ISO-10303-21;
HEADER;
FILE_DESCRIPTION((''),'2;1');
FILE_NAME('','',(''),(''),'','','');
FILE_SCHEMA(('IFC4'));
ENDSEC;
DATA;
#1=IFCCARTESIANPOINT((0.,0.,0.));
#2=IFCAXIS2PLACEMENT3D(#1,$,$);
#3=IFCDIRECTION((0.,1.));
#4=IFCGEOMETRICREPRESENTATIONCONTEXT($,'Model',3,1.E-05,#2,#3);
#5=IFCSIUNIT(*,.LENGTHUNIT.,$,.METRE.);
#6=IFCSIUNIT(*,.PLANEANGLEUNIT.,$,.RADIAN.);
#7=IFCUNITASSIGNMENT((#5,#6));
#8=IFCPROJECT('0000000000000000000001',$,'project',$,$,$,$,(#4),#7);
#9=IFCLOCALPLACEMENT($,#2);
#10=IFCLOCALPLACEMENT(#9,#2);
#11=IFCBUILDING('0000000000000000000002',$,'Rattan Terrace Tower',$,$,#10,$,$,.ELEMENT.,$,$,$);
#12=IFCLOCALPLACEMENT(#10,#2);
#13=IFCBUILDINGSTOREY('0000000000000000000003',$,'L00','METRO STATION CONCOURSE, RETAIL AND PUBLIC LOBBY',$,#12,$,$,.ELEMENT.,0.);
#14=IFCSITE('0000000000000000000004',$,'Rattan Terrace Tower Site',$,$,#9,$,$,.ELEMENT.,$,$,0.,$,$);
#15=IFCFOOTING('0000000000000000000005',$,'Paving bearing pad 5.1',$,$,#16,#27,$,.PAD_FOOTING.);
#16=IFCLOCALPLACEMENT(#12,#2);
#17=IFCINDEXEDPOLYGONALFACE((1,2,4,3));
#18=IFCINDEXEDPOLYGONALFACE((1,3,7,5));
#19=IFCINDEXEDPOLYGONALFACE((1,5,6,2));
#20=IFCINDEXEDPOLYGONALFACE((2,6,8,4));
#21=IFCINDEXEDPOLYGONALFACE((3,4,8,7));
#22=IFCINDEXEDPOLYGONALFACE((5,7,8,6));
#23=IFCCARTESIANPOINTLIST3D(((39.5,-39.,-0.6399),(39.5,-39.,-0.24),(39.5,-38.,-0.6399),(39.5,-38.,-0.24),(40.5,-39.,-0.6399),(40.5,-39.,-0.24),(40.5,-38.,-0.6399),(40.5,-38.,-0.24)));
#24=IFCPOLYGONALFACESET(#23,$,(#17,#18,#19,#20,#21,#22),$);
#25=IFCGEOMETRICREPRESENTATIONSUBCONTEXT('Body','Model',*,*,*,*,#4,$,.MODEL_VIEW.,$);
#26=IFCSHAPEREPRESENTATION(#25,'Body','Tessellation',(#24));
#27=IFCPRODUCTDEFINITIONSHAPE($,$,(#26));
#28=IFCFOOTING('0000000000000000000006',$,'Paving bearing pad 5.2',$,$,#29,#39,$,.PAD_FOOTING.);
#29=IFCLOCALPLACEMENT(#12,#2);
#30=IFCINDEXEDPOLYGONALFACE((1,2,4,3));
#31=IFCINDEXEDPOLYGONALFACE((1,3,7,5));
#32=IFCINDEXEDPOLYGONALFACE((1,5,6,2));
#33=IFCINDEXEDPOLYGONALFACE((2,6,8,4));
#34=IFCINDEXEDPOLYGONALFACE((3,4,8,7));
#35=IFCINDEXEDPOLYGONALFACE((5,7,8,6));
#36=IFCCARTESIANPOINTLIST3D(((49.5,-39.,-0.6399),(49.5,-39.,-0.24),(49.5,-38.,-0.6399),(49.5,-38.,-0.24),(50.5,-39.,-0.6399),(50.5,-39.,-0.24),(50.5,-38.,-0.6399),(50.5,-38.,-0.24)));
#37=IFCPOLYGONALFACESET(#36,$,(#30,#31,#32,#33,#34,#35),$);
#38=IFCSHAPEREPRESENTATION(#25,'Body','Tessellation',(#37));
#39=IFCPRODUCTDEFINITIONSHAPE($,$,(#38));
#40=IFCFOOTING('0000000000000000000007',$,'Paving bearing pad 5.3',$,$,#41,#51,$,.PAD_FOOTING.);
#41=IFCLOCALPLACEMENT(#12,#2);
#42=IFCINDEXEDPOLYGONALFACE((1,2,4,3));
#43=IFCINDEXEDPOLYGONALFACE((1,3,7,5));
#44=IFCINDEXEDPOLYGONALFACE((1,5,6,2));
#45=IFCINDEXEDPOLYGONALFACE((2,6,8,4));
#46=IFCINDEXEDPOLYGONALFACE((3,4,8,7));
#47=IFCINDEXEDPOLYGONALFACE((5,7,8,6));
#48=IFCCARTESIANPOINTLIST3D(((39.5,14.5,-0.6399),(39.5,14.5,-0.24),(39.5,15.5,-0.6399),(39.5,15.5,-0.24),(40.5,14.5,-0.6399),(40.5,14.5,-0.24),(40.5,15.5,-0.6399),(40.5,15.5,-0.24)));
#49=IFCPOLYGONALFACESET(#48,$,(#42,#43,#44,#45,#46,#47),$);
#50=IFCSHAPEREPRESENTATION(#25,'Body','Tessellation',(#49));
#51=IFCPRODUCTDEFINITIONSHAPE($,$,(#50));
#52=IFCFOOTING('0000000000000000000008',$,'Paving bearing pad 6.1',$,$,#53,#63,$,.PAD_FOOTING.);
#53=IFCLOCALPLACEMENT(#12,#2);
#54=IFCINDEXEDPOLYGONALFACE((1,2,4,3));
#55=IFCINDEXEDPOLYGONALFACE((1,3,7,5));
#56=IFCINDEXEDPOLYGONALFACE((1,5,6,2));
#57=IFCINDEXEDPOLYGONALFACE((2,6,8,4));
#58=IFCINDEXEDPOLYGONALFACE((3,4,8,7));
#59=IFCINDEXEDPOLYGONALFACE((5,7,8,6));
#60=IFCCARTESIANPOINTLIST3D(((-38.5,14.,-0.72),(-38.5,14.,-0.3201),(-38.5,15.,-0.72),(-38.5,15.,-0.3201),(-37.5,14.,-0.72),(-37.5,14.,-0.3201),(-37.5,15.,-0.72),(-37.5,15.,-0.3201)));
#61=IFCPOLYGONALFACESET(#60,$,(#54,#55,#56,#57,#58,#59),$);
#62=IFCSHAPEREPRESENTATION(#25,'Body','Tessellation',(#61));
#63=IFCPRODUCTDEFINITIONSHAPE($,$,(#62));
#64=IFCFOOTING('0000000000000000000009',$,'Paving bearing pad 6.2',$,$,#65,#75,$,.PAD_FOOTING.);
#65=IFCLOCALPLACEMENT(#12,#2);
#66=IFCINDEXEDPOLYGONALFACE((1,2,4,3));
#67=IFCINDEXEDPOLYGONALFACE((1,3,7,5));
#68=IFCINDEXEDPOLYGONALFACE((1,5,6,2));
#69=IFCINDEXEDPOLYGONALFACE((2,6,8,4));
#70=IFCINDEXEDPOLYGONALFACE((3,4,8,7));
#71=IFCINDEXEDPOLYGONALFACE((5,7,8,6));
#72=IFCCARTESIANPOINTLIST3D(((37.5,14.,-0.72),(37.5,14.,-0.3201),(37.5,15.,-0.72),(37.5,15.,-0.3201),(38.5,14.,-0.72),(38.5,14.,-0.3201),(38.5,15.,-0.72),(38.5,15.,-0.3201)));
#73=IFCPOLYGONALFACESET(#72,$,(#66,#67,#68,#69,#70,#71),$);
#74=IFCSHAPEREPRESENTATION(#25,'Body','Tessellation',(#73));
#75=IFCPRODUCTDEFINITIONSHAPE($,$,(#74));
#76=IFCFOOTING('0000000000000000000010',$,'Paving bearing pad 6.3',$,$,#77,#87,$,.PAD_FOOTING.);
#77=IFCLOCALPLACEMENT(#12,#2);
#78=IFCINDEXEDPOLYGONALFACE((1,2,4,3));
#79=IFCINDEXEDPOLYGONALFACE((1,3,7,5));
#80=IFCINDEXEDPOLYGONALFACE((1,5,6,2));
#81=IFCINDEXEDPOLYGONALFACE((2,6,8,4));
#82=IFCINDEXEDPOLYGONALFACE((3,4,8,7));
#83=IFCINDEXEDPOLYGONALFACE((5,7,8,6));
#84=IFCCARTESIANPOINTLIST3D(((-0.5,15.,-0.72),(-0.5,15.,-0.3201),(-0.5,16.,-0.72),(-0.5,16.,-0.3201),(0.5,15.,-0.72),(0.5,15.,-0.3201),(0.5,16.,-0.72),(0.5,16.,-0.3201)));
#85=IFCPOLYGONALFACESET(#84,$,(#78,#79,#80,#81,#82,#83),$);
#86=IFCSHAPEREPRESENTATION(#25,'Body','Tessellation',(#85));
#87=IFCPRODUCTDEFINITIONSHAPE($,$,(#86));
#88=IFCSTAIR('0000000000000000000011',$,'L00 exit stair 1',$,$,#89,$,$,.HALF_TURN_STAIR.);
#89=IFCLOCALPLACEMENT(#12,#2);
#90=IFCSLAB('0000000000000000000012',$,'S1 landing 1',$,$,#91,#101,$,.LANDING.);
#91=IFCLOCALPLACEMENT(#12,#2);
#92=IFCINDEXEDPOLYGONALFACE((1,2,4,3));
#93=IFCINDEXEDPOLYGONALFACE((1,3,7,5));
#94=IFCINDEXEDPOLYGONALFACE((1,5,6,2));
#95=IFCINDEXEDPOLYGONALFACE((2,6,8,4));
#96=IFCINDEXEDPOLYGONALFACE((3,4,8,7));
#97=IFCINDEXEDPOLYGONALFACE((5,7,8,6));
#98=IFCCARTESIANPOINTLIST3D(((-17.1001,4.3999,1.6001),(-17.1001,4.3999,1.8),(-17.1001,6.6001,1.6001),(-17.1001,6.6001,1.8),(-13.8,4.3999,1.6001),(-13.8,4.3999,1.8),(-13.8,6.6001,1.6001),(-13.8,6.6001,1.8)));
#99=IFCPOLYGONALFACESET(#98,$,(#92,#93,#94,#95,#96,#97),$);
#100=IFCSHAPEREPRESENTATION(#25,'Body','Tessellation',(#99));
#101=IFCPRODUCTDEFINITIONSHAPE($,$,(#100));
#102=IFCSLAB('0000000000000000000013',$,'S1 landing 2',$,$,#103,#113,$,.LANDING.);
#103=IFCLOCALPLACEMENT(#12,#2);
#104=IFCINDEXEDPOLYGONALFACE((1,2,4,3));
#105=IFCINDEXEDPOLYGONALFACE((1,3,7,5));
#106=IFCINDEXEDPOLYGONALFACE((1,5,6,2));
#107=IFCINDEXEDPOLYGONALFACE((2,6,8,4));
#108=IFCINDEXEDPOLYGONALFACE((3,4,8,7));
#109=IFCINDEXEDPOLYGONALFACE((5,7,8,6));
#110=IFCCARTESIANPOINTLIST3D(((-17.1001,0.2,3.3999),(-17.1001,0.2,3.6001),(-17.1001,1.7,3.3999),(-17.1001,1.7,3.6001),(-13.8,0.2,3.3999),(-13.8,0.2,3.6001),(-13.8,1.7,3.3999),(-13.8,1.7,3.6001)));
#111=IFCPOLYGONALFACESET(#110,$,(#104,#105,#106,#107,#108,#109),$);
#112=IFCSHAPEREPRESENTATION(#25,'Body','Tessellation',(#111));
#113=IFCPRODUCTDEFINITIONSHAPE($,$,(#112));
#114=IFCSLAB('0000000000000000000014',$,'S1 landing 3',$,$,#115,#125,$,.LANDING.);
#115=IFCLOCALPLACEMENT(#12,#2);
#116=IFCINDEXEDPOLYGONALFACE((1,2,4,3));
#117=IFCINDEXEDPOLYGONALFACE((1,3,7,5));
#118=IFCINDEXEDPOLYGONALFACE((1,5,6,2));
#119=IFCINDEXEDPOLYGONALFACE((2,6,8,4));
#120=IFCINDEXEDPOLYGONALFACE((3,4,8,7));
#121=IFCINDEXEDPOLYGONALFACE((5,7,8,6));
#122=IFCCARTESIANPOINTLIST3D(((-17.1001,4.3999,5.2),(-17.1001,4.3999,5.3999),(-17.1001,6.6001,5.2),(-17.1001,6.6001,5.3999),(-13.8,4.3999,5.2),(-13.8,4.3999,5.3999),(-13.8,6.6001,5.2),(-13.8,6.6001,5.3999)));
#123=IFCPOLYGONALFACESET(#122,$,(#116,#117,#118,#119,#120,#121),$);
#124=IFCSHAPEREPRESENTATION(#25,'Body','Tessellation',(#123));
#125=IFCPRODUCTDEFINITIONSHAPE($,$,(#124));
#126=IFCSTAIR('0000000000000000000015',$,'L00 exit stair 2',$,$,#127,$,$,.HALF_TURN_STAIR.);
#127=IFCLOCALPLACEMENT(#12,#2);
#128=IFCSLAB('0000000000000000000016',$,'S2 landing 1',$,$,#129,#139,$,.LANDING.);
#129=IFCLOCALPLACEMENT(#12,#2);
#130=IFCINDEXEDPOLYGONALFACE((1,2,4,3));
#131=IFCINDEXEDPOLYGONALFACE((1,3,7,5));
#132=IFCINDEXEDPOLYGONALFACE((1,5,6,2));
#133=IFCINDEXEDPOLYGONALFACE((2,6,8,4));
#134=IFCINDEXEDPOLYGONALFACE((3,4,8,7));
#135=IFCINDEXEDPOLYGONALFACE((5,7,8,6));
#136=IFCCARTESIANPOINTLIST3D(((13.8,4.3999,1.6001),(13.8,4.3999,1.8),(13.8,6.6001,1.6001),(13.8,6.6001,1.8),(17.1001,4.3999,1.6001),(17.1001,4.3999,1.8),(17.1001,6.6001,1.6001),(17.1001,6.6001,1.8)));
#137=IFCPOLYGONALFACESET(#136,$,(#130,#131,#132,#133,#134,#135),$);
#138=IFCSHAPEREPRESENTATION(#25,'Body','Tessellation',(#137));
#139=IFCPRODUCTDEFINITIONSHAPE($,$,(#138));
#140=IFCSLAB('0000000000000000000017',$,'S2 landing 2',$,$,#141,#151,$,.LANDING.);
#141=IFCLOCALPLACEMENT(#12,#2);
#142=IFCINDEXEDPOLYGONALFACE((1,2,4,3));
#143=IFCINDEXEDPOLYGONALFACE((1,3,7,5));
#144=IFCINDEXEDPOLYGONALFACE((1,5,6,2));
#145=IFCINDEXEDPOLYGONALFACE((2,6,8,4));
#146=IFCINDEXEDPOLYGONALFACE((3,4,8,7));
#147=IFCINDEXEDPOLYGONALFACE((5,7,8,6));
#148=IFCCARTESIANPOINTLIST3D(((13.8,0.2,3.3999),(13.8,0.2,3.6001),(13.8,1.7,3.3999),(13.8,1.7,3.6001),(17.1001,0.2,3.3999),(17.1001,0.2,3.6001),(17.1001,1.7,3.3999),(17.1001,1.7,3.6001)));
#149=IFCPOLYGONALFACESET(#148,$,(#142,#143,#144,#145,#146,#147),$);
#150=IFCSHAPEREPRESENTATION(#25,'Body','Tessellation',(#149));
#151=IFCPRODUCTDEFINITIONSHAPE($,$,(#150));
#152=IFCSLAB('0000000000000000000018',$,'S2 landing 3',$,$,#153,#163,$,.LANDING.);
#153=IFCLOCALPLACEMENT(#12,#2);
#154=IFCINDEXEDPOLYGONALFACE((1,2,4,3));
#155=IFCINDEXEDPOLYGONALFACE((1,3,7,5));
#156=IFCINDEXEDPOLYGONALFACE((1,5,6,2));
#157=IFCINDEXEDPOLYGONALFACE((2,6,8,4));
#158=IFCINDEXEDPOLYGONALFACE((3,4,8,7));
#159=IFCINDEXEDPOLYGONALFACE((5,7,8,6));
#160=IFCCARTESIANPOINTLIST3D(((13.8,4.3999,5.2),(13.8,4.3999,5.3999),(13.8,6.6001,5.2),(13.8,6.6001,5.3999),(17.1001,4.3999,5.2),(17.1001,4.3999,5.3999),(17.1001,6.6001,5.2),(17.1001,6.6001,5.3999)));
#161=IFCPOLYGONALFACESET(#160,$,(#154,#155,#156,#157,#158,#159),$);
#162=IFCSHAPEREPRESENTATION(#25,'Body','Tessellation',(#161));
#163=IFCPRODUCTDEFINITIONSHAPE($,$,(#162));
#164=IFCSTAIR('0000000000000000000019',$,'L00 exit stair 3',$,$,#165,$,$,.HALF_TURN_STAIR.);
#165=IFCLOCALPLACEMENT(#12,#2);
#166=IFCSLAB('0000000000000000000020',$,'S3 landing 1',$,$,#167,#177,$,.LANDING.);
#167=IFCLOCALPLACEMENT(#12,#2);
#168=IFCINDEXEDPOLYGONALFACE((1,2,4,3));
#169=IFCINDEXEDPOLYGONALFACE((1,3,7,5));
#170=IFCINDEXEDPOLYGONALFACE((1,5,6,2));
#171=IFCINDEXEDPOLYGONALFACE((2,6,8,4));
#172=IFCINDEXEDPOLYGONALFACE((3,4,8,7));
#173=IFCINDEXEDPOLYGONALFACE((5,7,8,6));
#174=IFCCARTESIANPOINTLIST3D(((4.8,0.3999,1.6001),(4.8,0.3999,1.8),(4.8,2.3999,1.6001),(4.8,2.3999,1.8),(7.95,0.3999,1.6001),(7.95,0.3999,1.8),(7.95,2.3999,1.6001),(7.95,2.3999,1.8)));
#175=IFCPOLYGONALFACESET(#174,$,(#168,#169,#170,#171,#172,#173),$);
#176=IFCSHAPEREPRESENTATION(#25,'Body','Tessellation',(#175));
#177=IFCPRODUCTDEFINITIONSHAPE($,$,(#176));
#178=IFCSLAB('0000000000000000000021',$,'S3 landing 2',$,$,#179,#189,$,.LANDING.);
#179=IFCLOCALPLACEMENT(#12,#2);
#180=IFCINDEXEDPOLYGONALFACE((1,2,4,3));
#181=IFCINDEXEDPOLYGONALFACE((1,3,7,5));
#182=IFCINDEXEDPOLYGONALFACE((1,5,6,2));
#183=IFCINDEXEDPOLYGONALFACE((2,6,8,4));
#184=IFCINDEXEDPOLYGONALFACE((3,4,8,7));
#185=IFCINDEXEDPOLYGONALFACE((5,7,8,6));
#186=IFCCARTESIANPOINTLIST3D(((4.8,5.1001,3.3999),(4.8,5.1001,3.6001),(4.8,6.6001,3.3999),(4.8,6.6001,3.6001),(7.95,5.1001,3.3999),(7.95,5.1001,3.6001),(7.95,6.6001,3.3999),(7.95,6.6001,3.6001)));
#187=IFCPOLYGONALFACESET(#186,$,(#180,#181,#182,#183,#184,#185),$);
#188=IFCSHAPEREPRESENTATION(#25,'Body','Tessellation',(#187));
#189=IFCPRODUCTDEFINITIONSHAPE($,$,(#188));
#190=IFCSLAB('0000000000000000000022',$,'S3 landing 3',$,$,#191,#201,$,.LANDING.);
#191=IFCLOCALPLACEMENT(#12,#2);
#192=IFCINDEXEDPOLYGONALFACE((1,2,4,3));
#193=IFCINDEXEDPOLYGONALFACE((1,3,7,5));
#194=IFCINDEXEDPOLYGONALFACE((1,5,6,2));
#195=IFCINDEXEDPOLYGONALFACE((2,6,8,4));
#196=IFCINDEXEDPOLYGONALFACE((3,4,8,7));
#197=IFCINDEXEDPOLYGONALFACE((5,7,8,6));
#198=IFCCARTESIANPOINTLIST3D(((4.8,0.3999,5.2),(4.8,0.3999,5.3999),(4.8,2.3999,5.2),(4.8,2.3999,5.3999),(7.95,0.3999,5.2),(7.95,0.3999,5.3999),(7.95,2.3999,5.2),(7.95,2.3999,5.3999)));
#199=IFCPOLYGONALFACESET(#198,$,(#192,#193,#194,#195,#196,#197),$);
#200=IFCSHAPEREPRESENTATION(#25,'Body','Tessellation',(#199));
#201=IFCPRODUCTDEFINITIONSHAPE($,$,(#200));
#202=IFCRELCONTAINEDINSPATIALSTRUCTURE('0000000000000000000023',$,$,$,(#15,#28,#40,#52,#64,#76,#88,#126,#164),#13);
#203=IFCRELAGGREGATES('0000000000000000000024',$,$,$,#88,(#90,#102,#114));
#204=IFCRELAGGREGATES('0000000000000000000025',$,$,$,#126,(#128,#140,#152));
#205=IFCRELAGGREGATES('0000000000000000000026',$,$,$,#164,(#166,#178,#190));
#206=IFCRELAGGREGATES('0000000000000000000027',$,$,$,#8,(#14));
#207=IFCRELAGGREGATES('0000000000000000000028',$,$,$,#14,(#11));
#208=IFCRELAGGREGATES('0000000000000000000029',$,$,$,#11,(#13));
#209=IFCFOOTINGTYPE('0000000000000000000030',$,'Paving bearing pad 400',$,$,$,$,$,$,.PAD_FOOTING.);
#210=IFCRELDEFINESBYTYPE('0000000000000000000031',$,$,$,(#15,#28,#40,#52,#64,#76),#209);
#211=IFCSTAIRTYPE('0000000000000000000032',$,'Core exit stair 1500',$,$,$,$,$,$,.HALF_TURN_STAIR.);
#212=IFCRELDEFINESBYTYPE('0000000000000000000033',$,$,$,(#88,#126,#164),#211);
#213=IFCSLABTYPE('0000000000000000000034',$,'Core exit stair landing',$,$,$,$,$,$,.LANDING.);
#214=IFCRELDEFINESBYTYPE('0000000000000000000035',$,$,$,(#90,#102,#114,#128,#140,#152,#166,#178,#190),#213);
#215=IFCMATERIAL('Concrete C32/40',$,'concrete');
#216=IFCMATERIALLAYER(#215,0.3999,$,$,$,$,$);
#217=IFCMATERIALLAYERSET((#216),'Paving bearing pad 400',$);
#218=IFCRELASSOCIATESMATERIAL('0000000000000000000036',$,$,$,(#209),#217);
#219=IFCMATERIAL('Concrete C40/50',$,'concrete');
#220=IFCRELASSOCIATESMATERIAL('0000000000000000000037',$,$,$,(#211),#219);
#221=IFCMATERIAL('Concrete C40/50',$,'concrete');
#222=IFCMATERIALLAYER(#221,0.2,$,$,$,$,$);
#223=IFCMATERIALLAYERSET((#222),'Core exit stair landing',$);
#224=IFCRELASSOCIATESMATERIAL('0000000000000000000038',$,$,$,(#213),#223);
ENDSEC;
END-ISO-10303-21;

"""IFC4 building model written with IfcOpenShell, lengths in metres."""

from ifc_helpers import new_model, si_unit, direction, frame, origin, place, context, subcontext, project, spatial, polyline, outline, extrude, material, layer, layer_set, type_object, element, aggregate, save


model = new_model("IFC4")

# Units and contexts
model_context = context("Model", 3, precision=1e-05, world=origin(), true_north=direction((0.0, 1.0)))
body_context = subcontext(model_context, "Body", "Model", "MODEL_VIEW")
ifc_project = project(units=[si_unit("LENGTHUNIT", "METRE"), si_unit("PLANEANGLEUNIT", "RADIAN")], contexts=[model_context])

# Site, building, storey
site_placement = place(None, origin())
site = spatial("IfcSite", under=ifc_project, at=site_placement, Name="Rattan Terrace Tower Site", CompositionType="ELEMENT", RefElevation=0.0)
building_placement = place(site_placement, origin())
building = spatial("IfcBuilding", under=site, at=building_placement, Name="Rattan Terrace Tower", CompositionType="ELEMENT")
storey_placement = place(building_placement, origin())
storey = spatial("IfcBuildingStorey", under=building, at=storey_placement, Name="L00", Description="METRO STATION CONCOURSE, RETAIL AND PUBLIC LOBBY", CompositionType="ELEMENT", Elevation=0.0)

# Footings
ifc_material_1 = material(Name="Concrete C32/40", Category="concrete")
ifc_layer_1 = layer(ifc_material_1, 0.3999)
ifc_layer_set_1 = layer_set([ifc_layer_1], Name="Paving bearing pad 400")
footing_type = type_object("IfcFootingType", Name="Paving bearing pad 400", PredefinedType="PAD_FOOTING", material=ifc_layer_set_1)
footing_1_placement = place(storey_placement, frame((0.0, 0.0, -0.6399)))
element("IfcFooting", 1, at=footing_1_placement, inside=storey, type_object=footing_type, Name="Paving bearing pad 5.1", PredefinedType="PAD_FOOTING", context=body_context, shape_type="SweptSolid", body=[
    extrude(outline(polyline([(39.5, -39.0), (40.5, -39.0), (40.5, -38.0), (39.5, -38.0), (39.5, -39.0)])), origin(), (0.0, 0.0, 1.0), 0.3999),
])
footing_2_placement = place(storey_placement, frame((0.0, 0.0, -0.6399)))
element("IfcFooting", 2, at=footing_2_placement, inside=storey, type_object=footing_type, Name="Paving bearing pad 5.2", PredefinedType="PAD_FOOTING", context=body_context, shape_type="SweptSolid", body=[
    extrude(outline(polyline([(49.5, -39.0), (50.5, -39.0), (50.5, -38.0), (49.5, -38.0), (49.5, -39.0)])), origin(), (0.0, 0.0, 1.0), 0.3999),
])
footing_3_placement = place(storey_placement, frame((0.0, 0.0, -0.6399)))
element("IfcFooting", 3, at=footing_3_placement, inside=storey, type_object=footing_type, Name="Paving bearing pad 5.3", PredefinedType="PAD_FOOTING", context=body_context, shape_type="SweptSolid", body=[
    extrude(outline(polyline([(39.5, 14.5), (40.5, 14.5), (40.5, 15.5), (39.5, 15.5), (39.5, 14.5)])), origin(), (0.0, 0.0, 1.0), 0.3999),
])
footing_4_placement = place(storey_placement, frame((0.0, 0.0, -0.72)))
element("IfcFooting", 4, at=footing_4_placement, inside=storey, type_object=footing_type, Name="Paving bearing pad 6.1", PredefinedType="PAD_FOOTING", context=body_context, shape_type="SweptSolid", body=[
    extrude(outline(polyline([(-38.5, 14.0), (-37.5, 14.0), (-37.5, 15.0), (-38.5, 15.0), (-38.5, 14.0)])), origin(), (0.0, 0.0, 1.0), 0.3999),
])
footing_5_placement = place(storey_placement, frame((0.0, 0.0, -0.72)))
element("IfcFooting", 5, at=footing_5_placement, inside=storey, type_object=footing_type, Name="Paving bearing pad 6.2", PredefinedType="PAD_FOOTING", context=body_context, shape_type="SweptSolid", body=[
    extrude(outline(polyline([(37.5, 14.0), (38.5, 14.0), (38.5, 15.0), (37.5, 15.0), (37.5, 14.0)])), origin(), (0.0, 0.0, 1.0), 0.3999),
])
footing_6_placement = place(storey_placement, frame((0.0, 0.0, -0.72)))
element("IfcFooting", 6, at=footing_6_placement, inside=storey, type_object=footing_type, Name="Paving bearing pad 6.3", PredefinedType="PAD_FOOTING", context=body_context, shape_type="SweptSolid", body=[
    extrude(outline(polyline([(-0.5, 15.0), (0.5, 15.0), (0.5, 16.0), (-0.5, 16.0), (-0.5, 15.0)])), origin(), (0.0, 0.0, 1.0), 0.3999),
])

# Stairs, slabs
ifc_material_2 = material(Name="Concrete C40/50", Category="concrete")
stair_type_1 = type_object("IfcStairType", Name="Core exit stair 1500", PredefinedType="HALF_TURN_STAIR", material=ifc_material_2)
stair_1_placement = place(storey_placement, origin())
stair_1 = element("IfcStair", 7, at=stair_1_placement, inside=storey, type_object=stair_type_1, Name="L00 exit stair 1", PredefinedType="HALF_TURN_STAIR")
ifc_material_3 = material(Name="Concrete C40/50", Category="concrete")
ifc_layer_2 = layer(ifc_material_3, 0.2)
ifc_layer_set_2 = layer_set([ifc_layer_2], Name="Core exit stair landing")
slab_type_1 = type_object("IfcSlabType", Name="Core exit stair landing", PredefinedType="LANDING", material=ifc_layer_set_2)
slab_1_placement = place(storey_placement, frame((0.0, 0.0, 1.6001)))
slab_1 = element("IfcSlab", 8, at=slab_1_placement, type_object=slab_type_1, Name="S1 landing 1", PredefinedType="LANDING", context=body_context, shape_type="SweptSolid", body=[
    extrude(outline(polyline([(-13.8, 4.3999), (-13.8, 6.6001), (-17.1001, 6.6001), (-17.1001, 4.3999), (-13.8, 4.3999)])), origin(), (0.0, 0.0, 1.0), 0.2),
])
slab_2_placement = place(storey_placement, frame((0.0, 0.0, 3.3999)))
slab_2 = element("IfcSlab", 9, at=slab_2_placement, type_object=slab_type_1, Name="S1 landing 2", PredefinedType="LANDING", context=body_context, shape_type="SweptSolid", body=[
    extrude(outline(polyline([(-13.8, 0.2), (-13.8, 1.7), (-17.1001, 1.7), (-17.1001, 0.2), (-13.8, 0.2)])), origin(), (0.0, 0.0, 1.0), 0.2002),
])
slab_3_placement = place(storey_placement, frame((0.0, 0.0, 5.2)))
slab_3 = element("IfcSlab", 10, at=slab_3_placement, type_object=slab_type_1, Name="S1 landing 3", PredefinedType="LANDING", context=body_context, shape_type="SweptSolid", body=[
    extrude(outline(polyline([(-13.8, 4.3999), (-13.8, 6.6001), (-17.1001, 6.6001), (-17.1001, 4.3999), (-13.8, 4.3999)])), origin(), (0.0, 0.0, 1.0), 0.2),
])
aggregate(stair_1, [slab_1, slab_2, slab_3])
stair_2_placement = place(storey_placement, origin())
stair_2 = element("IfcStair", 11, at=stair_2_placement, inside=storey, type_object=stair_type_1, Name="L00 exit stair 2", PredefinedType="HALF_TURN_STAIR")
slab_4_placement = place(storey_placement, frame((0.0, 0.0, 1.6001)))
slab_4 = element("IfcSlab", 12, at=slab_4_placement, type_object=slab_type_1, Name="S2 landing 1", PredefinedType="LANDING", context=body_context, shape_type="SweptSolid", body=[
    extrude(outline(polyline([(17.1001, 4.3999), (17.1001, 6.6001), (13.8, 6.6001), (13.8, 4.3999), (17.1001, 4.3999)])), origin(), (0.0, 0.0, 1.0), 0.2),
])
slab_5_placement = place(storey_placement, frame((0.0, 0.0, 3.3999)))
slab_5 = element("IfcSlab", 13, at=slab_5_placement, type_object=slab_type_1, Name="S2 landing 2", PredefinedType="LANDING", context=body_context, shape_type="SweptSolid", body=[
    extrude(outline(polyline([(17.1001, 0.2), (17.1001, 1.7), (13.8, 1.7), (13.8, 0.2), (17.1001, 0.2)])), origin(), (0.0, 0.0, 1.0), 0.2002),
])
slab_6_placement = place(storey_placement, frame((0.0, 0.0, 5.2)))
slab_6 = element("IfcSlab", 14, at=slab_6_placement, type_object=slab_type_1, Name="S2 landing 3", PredefinedType="LANDING", context=body_context, shape_type="SweptSolid", body=[
    extrude(outline(polyline([(17.1001, 4.3999), (17.1001, 6.6001), (13.8, 6.6001), (13.8, 4.3999), (17.1001, 4.3999)])), origin(), (0.0, 0.0, 1.0), 0.2),
])
aggregate(stair_2, [slab_4, slab_5, slab_6])
stair_3_placement = place(storey_placement, origin())
stair_3 = element("IfcStair", 15, at=stair_3_placement, inside=storey, type_object=stair_type_1, Name="L00 exit stair 3", PredefinedType="HALF_TURN_STAIR")
slab_7_placement = place(storey_placement, frame((0.0, 0.0, 1.6001)))
slab_7 = element("IfcSlab", 16, at=slab_7_placement, type_object=slab_type_1, Name="S3 landing 1", PredefinedType="LANDING", context=body_context, shape_type="SweptSolid", body=[
    extrude(outline(polyline([(4.8, 2.3999), (4.8, 0.3999), (7.95, 0.3999), (7.95, 2.3999), (4.8, 2.3999)])), origin(), (0.0, 0.0, 1.0), 0.2),
])
slab_8_placement = place(storey_placement, frame((0.0, 0.0, 3.3999)))
slab_8 = element("IfcSlab", 17, at=slab_8_placement, type_object=slab_type_1, Name="S3 landing 2", PredefinedType="LANDING", context=body_context, shape_type="SweptSolid", body=[
    extrude(outline(polyline([(4.8, 6.6001), (4.8, 5.1001), (7.95, 5.1001), (7.95, 6.6001), (4.8, 6.6001)])), origin(), (0.0, 0.0, 1.0), 0.2002),
])
slab_9_placement = place(storey_placement, frame((0.0, 0.0, 5.2)))
slab_9 = element("IfcSlab", 18, at=slab_9_placement, type_object=slab_type_1, Name="S3 landing 3", PredefinedType="LANDING", context=body_context, shape_type="SweptSolid", body=[
    extrude(outline(polyline([(4.8, 2.3999), (4.8, 0.3999), (7.95, 0.3999), (7.95, 2.3999), (4.8, 2.3999)])), origin(), (0.0, 0.0, 1.0), 0.2),
])
aggregate(stair_3, [slab_7, slab_8, slab_9])

save(model, "model.ifc")
